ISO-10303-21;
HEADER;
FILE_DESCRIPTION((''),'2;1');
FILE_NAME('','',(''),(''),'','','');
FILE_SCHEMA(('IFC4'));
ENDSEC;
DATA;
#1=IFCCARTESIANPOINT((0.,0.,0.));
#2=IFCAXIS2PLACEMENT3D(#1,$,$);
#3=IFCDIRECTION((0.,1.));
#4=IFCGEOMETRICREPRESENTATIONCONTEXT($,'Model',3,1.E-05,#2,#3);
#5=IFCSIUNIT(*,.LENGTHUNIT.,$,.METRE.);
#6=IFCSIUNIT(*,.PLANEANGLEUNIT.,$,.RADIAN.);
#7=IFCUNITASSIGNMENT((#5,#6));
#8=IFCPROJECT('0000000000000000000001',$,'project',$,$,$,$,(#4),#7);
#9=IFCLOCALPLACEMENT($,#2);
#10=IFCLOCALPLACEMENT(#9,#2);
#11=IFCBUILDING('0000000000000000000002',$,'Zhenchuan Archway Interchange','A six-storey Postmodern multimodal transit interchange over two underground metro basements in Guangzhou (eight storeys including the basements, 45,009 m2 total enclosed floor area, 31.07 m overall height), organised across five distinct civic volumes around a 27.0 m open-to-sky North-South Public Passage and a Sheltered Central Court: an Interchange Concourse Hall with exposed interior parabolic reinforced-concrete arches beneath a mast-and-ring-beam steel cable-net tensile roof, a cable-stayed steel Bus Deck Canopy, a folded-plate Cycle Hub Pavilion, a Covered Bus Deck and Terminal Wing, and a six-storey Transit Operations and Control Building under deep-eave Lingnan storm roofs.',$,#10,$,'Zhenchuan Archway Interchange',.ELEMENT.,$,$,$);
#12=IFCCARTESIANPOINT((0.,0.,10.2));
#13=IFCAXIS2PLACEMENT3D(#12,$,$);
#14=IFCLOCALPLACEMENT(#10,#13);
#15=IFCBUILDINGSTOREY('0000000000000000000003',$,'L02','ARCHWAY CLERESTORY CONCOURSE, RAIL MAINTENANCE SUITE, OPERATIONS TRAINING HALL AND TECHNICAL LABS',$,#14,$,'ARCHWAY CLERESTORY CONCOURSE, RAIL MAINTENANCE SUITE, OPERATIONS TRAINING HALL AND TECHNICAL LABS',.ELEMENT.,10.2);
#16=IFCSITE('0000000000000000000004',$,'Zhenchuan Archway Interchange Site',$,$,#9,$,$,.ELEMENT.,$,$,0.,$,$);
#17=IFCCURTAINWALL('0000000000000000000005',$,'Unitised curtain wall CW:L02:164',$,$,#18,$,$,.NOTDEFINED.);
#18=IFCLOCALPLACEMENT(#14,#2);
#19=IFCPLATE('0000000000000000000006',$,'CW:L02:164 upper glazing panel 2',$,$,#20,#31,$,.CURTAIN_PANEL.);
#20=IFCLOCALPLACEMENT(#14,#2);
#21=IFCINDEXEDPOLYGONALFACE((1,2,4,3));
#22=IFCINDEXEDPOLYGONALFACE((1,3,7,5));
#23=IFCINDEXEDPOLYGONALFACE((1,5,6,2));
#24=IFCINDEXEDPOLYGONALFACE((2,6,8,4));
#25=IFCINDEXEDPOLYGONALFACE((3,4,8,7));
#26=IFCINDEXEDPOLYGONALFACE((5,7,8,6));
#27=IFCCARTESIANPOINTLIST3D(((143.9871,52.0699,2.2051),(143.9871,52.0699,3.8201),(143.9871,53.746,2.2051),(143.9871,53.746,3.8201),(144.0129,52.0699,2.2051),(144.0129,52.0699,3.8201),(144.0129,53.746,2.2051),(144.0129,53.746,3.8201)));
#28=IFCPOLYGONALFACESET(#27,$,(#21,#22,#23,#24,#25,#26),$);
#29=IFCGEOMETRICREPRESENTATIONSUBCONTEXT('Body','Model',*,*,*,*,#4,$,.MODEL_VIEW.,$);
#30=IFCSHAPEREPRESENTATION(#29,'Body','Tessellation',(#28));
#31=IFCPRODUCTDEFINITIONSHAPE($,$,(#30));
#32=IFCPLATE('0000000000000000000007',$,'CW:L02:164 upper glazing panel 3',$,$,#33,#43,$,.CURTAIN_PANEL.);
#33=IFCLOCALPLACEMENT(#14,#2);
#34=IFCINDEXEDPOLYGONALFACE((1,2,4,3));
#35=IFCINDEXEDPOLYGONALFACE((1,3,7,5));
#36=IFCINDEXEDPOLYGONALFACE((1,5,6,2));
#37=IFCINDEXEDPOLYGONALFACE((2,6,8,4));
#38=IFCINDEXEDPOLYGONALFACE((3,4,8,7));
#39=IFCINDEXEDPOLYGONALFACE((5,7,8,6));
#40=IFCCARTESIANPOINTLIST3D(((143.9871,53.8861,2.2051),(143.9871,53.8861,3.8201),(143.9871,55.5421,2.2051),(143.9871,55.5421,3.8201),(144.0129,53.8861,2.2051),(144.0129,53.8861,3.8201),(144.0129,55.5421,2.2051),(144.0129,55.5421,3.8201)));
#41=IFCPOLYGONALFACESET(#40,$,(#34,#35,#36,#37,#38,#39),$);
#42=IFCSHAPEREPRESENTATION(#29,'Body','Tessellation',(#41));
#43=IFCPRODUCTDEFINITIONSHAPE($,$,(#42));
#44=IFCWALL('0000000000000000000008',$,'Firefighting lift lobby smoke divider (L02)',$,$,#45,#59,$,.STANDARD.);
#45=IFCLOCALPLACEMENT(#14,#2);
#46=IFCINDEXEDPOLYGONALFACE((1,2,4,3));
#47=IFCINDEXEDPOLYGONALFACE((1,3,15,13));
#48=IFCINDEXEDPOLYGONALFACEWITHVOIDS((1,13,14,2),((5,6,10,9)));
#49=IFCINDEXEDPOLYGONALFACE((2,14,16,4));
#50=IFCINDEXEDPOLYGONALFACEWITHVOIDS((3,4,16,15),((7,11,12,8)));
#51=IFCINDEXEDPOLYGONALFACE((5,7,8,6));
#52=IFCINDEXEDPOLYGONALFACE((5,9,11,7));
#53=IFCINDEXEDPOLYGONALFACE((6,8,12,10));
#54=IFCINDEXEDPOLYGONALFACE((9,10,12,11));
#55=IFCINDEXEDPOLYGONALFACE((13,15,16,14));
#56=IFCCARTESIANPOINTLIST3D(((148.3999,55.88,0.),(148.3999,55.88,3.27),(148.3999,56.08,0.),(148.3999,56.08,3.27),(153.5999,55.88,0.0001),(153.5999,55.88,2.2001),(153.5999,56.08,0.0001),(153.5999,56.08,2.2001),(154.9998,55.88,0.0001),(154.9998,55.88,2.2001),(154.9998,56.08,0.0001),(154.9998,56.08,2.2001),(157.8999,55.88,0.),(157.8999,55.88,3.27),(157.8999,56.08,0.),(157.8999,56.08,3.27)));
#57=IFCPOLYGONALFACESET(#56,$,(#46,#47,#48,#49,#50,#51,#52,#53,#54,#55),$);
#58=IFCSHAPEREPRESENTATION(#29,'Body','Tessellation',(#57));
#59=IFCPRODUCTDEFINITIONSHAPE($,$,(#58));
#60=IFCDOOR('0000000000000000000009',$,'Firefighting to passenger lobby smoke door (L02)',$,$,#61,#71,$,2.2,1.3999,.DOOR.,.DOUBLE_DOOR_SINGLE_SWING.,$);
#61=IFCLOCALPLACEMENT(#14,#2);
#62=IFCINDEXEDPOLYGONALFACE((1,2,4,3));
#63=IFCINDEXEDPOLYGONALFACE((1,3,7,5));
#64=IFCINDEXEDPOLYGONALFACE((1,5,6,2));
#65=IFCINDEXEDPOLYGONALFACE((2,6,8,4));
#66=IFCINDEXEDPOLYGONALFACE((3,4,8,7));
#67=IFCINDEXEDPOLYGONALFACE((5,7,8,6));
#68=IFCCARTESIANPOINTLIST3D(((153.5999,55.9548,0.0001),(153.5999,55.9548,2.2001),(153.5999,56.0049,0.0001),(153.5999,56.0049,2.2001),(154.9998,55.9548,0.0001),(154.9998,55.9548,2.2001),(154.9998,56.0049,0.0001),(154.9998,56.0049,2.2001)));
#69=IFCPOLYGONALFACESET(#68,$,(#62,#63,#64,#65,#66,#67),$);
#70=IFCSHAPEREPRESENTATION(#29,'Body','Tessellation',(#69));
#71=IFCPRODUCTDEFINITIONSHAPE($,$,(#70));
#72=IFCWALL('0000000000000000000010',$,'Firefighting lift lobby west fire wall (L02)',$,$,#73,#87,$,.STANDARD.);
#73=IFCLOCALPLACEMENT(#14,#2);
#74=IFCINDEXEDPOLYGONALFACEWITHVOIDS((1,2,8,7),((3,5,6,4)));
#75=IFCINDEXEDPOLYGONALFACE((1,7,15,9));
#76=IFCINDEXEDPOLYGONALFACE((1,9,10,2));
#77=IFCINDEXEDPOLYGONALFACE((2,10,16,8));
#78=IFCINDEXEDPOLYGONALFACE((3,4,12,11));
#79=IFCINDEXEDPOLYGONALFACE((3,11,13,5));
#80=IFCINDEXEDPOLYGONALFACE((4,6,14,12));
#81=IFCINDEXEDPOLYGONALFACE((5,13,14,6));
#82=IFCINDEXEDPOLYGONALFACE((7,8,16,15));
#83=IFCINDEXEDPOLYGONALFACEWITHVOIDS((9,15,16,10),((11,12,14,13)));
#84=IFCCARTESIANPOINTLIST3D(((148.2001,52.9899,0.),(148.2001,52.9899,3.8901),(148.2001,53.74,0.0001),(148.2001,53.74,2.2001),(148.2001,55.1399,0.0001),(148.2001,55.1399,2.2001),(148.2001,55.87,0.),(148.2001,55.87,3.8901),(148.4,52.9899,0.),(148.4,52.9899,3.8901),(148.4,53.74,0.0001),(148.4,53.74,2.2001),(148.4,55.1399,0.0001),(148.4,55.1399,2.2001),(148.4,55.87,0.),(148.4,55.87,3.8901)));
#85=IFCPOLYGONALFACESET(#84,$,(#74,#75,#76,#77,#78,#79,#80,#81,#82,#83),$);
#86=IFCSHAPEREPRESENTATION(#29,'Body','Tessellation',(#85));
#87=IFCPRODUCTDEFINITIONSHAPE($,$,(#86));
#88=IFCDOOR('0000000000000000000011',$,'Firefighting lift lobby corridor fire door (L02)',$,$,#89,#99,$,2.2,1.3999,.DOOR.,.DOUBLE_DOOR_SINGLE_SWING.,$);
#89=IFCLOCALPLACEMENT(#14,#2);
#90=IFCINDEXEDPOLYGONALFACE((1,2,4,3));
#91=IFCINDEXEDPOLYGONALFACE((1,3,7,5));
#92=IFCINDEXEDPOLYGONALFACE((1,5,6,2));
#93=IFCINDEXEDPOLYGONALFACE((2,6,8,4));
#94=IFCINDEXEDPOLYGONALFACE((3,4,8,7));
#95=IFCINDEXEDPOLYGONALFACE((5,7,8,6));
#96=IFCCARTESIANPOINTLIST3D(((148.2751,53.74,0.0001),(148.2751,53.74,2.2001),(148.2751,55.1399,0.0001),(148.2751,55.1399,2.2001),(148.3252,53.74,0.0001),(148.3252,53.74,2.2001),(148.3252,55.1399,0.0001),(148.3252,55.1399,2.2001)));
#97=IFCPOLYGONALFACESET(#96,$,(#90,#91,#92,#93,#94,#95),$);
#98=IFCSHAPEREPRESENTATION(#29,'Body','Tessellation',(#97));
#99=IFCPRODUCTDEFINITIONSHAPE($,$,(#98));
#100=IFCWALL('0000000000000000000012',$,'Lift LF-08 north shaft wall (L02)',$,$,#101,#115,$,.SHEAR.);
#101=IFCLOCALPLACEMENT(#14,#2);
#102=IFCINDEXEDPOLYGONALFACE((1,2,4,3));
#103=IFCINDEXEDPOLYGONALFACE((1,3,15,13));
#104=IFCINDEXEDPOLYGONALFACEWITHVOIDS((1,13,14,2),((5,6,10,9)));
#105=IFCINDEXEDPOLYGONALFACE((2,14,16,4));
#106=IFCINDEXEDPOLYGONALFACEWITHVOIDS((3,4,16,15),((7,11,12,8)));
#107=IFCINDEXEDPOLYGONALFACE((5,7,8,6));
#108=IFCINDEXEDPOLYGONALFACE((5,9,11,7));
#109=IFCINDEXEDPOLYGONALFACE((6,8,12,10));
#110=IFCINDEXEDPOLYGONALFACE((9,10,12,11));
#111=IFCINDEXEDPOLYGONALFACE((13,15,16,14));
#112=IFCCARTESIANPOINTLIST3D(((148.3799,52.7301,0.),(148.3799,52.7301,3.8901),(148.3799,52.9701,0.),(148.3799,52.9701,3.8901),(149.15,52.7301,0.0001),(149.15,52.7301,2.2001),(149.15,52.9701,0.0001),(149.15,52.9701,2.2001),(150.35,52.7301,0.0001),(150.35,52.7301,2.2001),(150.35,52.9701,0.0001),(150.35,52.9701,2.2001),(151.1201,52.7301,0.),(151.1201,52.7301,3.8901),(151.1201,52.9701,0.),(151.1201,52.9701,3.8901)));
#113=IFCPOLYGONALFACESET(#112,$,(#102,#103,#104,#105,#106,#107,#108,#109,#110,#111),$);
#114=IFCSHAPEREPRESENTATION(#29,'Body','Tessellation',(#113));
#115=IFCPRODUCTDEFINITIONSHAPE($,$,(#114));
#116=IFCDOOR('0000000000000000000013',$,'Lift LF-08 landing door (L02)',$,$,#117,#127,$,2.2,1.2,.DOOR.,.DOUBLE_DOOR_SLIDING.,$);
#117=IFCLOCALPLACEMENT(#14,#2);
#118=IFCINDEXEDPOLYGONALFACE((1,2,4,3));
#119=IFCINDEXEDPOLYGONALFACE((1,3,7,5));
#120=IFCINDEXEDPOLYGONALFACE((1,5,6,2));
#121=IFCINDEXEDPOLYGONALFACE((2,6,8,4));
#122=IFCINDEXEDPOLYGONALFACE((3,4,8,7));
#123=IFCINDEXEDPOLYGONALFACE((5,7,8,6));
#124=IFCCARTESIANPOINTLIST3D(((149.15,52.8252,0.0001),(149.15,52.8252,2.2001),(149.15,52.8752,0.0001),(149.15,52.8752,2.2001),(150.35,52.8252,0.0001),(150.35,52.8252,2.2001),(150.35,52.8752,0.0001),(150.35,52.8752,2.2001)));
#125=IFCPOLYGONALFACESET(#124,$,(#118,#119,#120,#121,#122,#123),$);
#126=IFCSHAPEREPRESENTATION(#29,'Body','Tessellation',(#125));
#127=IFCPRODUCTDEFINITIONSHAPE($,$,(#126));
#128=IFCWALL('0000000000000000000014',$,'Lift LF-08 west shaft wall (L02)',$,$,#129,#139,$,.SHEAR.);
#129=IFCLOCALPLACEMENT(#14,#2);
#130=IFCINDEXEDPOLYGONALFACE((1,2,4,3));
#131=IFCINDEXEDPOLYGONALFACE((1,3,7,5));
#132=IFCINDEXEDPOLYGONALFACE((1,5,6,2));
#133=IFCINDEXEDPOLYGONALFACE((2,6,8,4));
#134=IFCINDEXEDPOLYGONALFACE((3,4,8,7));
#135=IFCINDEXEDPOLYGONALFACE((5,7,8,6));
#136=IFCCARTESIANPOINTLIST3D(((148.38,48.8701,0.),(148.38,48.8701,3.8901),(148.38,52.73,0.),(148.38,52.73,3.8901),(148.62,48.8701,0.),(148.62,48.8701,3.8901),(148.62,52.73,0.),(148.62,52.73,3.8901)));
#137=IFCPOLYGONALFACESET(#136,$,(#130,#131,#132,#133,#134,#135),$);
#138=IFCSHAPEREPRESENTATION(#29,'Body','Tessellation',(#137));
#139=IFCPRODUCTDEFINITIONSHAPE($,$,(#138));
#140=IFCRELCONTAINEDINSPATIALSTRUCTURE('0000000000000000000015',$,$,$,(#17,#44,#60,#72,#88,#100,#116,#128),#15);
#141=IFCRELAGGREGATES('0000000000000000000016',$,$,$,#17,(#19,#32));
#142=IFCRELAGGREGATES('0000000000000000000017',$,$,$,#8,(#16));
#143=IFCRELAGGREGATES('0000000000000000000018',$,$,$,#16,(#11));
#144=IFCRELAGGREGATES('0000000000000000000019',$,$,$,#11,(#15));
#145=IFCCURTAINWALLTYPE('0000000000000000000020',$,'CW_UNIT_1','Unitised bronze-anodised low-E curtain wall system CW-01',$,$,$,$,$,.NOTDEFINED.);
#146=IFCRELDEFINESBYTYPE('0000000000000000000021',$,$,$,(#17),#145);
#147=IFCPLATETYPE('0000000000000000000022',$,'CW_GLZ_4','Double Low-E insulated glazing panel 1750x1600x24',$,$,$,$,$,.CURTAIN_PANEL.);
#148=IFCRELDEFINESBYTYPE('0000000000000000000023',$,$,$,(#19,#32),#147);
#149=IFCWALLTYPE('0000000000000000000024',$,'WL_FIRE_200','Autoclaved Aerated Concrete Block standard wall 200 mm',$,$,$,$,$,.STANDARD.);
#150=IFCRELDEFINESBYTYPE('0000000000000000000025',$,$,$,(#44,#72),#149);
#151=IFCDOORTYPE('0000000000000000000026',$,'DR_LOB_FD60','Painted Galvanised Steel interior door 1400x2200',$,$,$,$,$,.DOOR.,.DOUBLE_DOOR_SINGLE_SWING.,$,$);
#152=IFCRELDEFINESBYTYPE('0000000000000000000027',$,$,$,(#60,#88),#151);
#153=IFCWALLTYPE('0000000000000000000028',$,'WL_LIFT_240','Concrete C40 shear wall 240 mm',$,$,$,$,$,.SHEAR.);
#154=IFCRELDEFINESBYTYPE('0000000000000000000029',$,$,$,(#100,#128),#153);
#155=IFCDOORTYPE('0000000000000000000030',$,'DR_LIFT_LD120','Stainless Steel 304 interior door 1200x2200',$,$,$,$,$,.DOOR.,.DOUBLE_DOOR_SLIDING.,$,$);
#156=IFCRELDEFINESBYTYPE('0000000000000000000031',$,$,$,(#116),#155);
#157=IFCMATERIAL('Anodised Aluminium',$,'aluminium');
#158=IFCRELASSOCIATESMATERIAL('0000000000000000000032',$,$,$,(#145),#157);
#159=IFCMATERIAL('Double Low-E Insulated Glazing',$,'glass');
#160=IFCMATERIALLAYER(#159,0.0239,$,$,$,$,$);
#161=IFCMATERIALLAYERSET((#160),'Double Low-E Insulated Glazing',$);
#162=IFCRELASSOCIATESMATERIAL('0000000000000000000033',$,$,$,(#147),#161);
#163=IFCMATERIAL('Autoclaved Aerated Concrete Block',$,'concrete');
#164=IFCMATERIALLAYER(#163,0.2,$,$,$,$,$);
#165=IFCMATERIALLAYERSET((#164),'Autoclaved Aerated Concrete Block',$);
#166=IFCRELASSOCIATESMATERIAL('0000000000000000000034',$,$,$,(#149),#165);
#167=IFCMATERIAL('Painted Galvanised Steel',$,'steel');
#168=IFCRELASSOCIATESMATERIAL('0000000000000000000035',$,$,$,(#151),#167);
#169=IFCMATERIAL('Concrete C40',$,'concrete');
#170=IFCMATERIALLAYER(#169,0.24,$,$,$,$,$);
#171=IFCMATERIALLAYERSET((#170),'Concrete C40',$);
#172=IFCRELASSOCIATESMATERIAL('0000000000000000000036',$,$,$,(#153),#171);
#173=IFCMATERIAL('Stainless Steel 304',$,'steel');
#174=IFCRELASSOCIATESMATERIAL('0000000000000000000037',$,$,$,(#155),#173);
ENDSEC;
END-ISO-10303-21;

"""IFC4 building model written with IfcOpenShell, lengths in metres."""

from ifc_helpers import new_model, si_unit, direction, frame, frame_2d, origin, origin_2d, place, context, subcontext, project, spatial, rectangle, extrude, material, layer, layer_set, type_object, element, fill, aggregate, save


model = new_model("IFC4")

# Units and contexts
model_context = context("Model", 3, precision=1e-05, world=origin(), true_north=direction((0.0, 1.0)))
body_context = subcontext(model_context, "Body", "Model", "MODEL_VIEW")
ifc_project = project(units=[si_unit("LENGTHUNIT", "METRE"), si_unit("PLANEANGLEUNIT", "RADIAN")], contexts=[model_context])

# Site, building, storey
site_placement = place(None, origin())
site = spatial("IfcSite", under=ifc_project, at=site_placement, Name="Zhenchuan Archway Interchange Site", CompositionType="ELEMENT", RefElevation=0.0)
building_placement = place(site_placement, origin())
building = spatial("IfcBuilding", under=site, at=building_placement, Name="Zhenchuan Archway Interchange", Description="A six-storey Postmodern multimodal transit interchange over two underground metro basements in Guangzhou (eight storeys including the basements, 45,009 m2 total enclosed floor area, 31.07 m overall height), organised across five distinct civic volumes around a 27.0 m open-to-sky North-South Public Passage and a Sheltered Central Court: an Interchange Concourse Hall with exposed interior parabolic reinforced-concrete arches beneath a mast-and-ring-beam steel cable-net tensile roof, a cable-stayed steel Bus Deck Canopy, a folded-plate Cycle Hub Pavilion, a Covered Bus Deck and Terminal Wing, and a six-storey Transit Operations and Control Building under deep-eave Lingnan storm roofs.", LongName="Zhenchuan Archway Interchange", CompositionType="ELEMENT")
storey_placement = place(building_placement, frame((0.0, 0.0, 10.2)))
storey = spatial("IfcBuildingStorey", under=building, at=storey_placement, Name="L02", Description="ARCHWAY CLERESTORY CONCOURSE, RAIL MAINTENANCE SUITE, OPERATIONS TRAINING HALL AND TECHNICAL LABS", LongName="ARCHWAY CLERESTORY CONCOURSE, RAIL MAINTENANCE SUITE, OPERATIONS TRAINING HALL AND TECHNICAL LABS", CompositionType="ELEMENT", Elevation=10.2)

# Curtain wall, plates
ifc_material_1 = material(Name="Anodised Aluminium", Category="aluminium")
curtain_wall_type = type_object("IfcCurtainWallType", Name="CW_UNIT_1", Description="Unitised bronze-anodised low-E curtain wall system CW-01", PredefinedType="NOTDEFINED", material=ifc_material_1)
curtain_wall_placement = place(storey_placement, origin())
curtain_wall = element("IfcCurtainWall", 1, at=curtain_wall_placement, inside=storey, type_object=curtain_wall_type, Name="Unitised curtain wall CW:L02:164", PredefinedType="NOTDEFINED")
ifc_material_2 = material(Name="Double Low-E Insulated Glazing", Category="glass")
ifc_layer_1 = layer(ifc_material_2, 0.0239)
ifc_layer_set_1 = layer_set([ifc_layer_1], Name="Double Low-E Insulated Glazing")
plate_type_1 = type_object("IfcPlateType", Name="CW_GLZ_4", Description="Double Low-E insulated glazing panel 1750x1600x24", PredefinedType="CURTAIN_PANEL", material=ifc_layer_set_1)
plate_1_placement = place(storey_placement, frame((144.0, 52.908, 2.2051), z_axis=(0.0, 0.0, 1.0), x_axis=(0.0, 1.0, 0.0)))
plate_1 = element("IfcPlate", 2, at=plate_1_placement, type_object=plate_type_1, Name="CW:L02:164 upper glazing panel 2", PredefinedType="CURTAIN_PANEL", context=body_context, shape_type="SweptSolid", body=[
    extrude(rectangle(XDim=1.676, YDim=0.0259, at=origin_2d()), origin(), (0.0, 0.0, 1.0), 1.615),
])
plate_2_placement = place(storey_placement, frame((144.0, 54.7141, 2.2051), z_axis=(0.0, 0.0, 1.0), x_axis=(0.0, 1.0, 0.0)))
plate_2 = element("IfcPlate", 3, at=plate_2_placement, type_object=plate_type_1, Name="CW:L02:164 upper glazing panel 3", PredefinedType="CURTAIN_PANEL", context=body_context, shape_type="SweptSolid", body=[
    extrude(rectangle(XDim=1.656, YDim=0.0259, at=origin_2d()), origin(), (0.0, 0.0, 1.0), 1.615),
])
aggregate(curtain_wall, [plate_1, plate_2])

# Walls, openings, doors
ifc_material_3 = material(Name="Autoclaved Aerated Concrete Block", Category="concrete")
ifc_layer_2 = layer(ifc_material_3, 0.2)
ifc_layer_set_2 = layer_set([ifc_layer_2], Name="Autoclaved Aerated Concrete Block")
wall_type_1 = type_object("IfcWallType", Name="WL_FIRE_200", Description="Autoclaved Aerated Concrete Block standard wall 200 mm", PredefinedType="STANDARD", material=ifc_layer_set_2)
wall_1_placement = place(storey_placement, frame((148.3999, 55.98, 0.0), z_axis=(0.0, 0.0, 1.0), x_axis=(1.0, 0.0, 0.0)))
wall_1 = element("IfcWall", 4, at=wall_1_placement, inside=storey, type_object=wall_type_1, Name="Firefighting lift lobby smoke divider (L02)", PredefinedType="STANDARD", context=body_context, shape_type="SweptSolid", body=[
    extrude(rectangle(XDim=9.5, YDim=0.2, at=frame_2d((4.75, 0.0))), origin(), (0.0, 0.0, 1.0), 3.27),
])
opening_1_placement = place(wall_1_placement, frame((5.2, 0.0, 0.0)))
opening_1 = element("IfcOpeningElement", 5, at=opening_1_placement, cuts=wall_1, PredefinedType="OPENING", context=body_context, shape_type="SweptSolid", body=[
    extrude(rectangle(XDim=1.3999, YDim=2.2, at=frame_2d((0.7, 1.1001))), frame((0.0, 0.1118, 0.0), z_axis=(0.0, -1.0, 0.0), x_axis=(1.0, 0.0, 0.0)), (0.0, 0.0, 1.0), 0.2239),
])
ifc_material_4 = material(Name="Painted Galvanised Steel", Category="steel")
door_type_1 = type_object("IfcDoorType", Name="DR_LOB_FD60", Description="Painted Galvanised Steel interior door 1400x2200", OperationType="DOUBLE_DOOR_SINGLE_SWING", PredefinedType="DOOR", material=ifc_material_4)
door_1_placement = place(opening_1_placement, origin())
door_1 = element("IfcDoor", 6, at=door_1_placement, inside=storey, type_object=door_type_1, Name="Firefighting to passenger lobby smoke door (L02)", OperationType="DOUBLE_DOOR_SINGLE_SWING", OverallHeight=2.2, OverallWidth=1.3999, PredefinedType="DOOR", context=body_context, shape_type="SweptSolid", body=[
    extrude(rectangle(XDim=1.3999, YDim=2.2, at=frame_2d((0.7, 1.1001))), frame((0.0, 0.0249, 0.0), z_axis=(0.0, -1.0, 0.0), x_axis=(1.0, 0.0, 0.0)), (0.0, 0.0, 1.0), 0.05),
])
fill(opening_1, door_1)
wall_2_placement = place(storey_placement, frame((148.3, 52.99, 0.0), z_axis=(0.0, 0.0, 1.0), x_axis=(0.0, 1.0, 0.0)))
wall_2 = element("IfcWall", 7, at=wall_2_placement, inside=storey, type_object=wall_type_1, Name="Firefighting lift lobby west fire wall (L02)", PredefinedType="STANDARD", context=body_context, shape_type="SweptSolid", body=[
    extrude(rectangle(XDim=2.8801, YDim=0.2, at=frame_2d((1.4399, 0.0))), origin(), (0.0, 0.0, 1.0), 3.8901),
])
opening_2_placement = place(wall_2_placement, frame((0.75, 0.0, 0.0)))
opening_2 = element("IfcOpeningElement", 8, at=opening_2_placement, cuts=wall_2, PredefinedType="OPENING", context=body_context, shape_type="SweptSolid", body=[
    extrude(rectangle(XDim=1.3999, YDim=2.2, at=frame_2d((0.7, 1.1001))), frame((0.0, 0.1118, 0.0), z_axis=(0.0, -1.0, 0.0), x_axis=(1.0, 0.0, 0.0)), (0.0, 0.0, 1.0), 0.2239),
])
door_2_placement = place(opening_2_placement, origin())
door_2 = element("IfcDoor", 9, at=door_2_placement, inside=storey, type_object=door_type_1, Name="Firefighting lift lobby corridor fire door (L02)", OperationType="DOUBLE_DOOR_SINGLE_SWING", OverallHeight=2.2, OverallWidth=1.3999, PredefinedType="DOOR", context=body_context, shape_type="SweptSolid", body=[
    extrude(rectangle(XDim=1.3999, YDim=2.2, at=frame_2d((0.7, 1.1001))), frame((0.0, 0.0249, 0.0), z_axis=(0.0, -1.0, 0.0), x_axis=(1.0, 0.0, 0.0)), (0.0, 0.0, 1.0), 0.05),
])
fill(opening_2, door_2)
ifc_material_5 = material(Name="Concrete C40", Category="concrete")
ifc_layer_3 = layer(ifc_material_5, 0.24)
ifc_layer_set_3 = layer_set([ifc_layer_3], Name="Concrete C40")
wall_type_2 = type_object("IfcWallType", Name="WL_LIFT_240", Description="Concrete C40 shear wall 240 mm", PredefinedType="SHEAR", material=ifc_layer_set_3)
wall_3_placement = place(storey_placement, frame((151.1201, 52.8501, 0.0), z_axis=(0.0, 0.0, 1.0), x_axis=(-1.0, 0.0, 0.0)))
wall_3 = element("IfcWall", 10, at=wall_3_placement, inside=storey, type_object=wall_type_2, Name="Lift LF-08 north shaft wall (L02)", PredefinedType="SHEAR", context=body_context, shape_type="SweptSolid", body=[
    extrude(rectangle(XDim=2.7402, YDim=0.24, at=frame_2d((1.3701, 0.0))), origin(), (0.0, 0.0, 1.0), 3.8901),
])
opening_3_placement = place(wall_3_placement, frame((0.77, 0.0, 0.0)))
opening_3 = element("IfcOpeningElement", 11, at=opening_3_placement, cuts=wall_3, PredefinedType="OPENING", context=body_context, shape_type="SweptSolid", body=[
    extrude(rectangle(XDim=1.2, YDim=2.2, at=frame_2d((0.6001, 1.1001))), frame((0.0, 0.1318, 0.0), z_axis=(0.0, -1.0, 0.0), x_axis=(1.0, 0.0, 0.0)), (0.0, 0.0, 1.0), 0.2639),
])
ifc_material_6 = material(Name="Stainless Steel 304", Category="steel")
door_type_2 = type_object("IfcDoorType", Name="DR_LIFT_LD120", Description="Stainless Steel 304 interior door 1200x2200", OperationType="DOUBLE_DOOR_SLIDING", PredefinedType="DOOR", material=ifc_material_6)
door_3_placement = place(opening_3_placement, origin())
door_3 = element("IfcDoor", 12, at=door_3_placement, inside=storey, type_object=door_type_2, Name="Lift LF-08 landing door (L02)", OperationType="DOUBLE_DOOR_SLIDING", OverallHeight=2.2, OverallWidth=1.2, PredefinedType="DOOR", context=body_context, shape_type="SweptSolid", body=[
    extrude(rectangle(XDim=1.2, YDim=2.2, at=frame_2d((0.6001, 1.1001))), frame((0.0, 0.0249, 0.0), z_axis=(0.0, -1.0, 0.0), x_axis=(1.0, 0.0, 0.0)), (0.0, 0.0, 1.0), 0.05),
])
fill(opening_3, door_3)

# Wall
wall_4_placement = place(storey_placement, frame((148.5, 52.73, 0.0), z_axis=(0.0, 0.0, 1.0), x_axis=(0.0, -1.0, 0.0)))
element("IfcWall", 13, at=wall_4_placement, inside=storey, type_object=wall_type_2, Name="Lift LF-08 west shaft wall (L02)", PredefinedType="SHEAR", context=body_context, shape_type="SweptSolid", body=[
    extrude(rectangle(XDim=3.8599, YDim=0.24, at=frame_2d((1.9299, 0.0))), origin(), (0.0, 0.0, 1.0), 3.8901),
])

save(model, "model.ifc")
